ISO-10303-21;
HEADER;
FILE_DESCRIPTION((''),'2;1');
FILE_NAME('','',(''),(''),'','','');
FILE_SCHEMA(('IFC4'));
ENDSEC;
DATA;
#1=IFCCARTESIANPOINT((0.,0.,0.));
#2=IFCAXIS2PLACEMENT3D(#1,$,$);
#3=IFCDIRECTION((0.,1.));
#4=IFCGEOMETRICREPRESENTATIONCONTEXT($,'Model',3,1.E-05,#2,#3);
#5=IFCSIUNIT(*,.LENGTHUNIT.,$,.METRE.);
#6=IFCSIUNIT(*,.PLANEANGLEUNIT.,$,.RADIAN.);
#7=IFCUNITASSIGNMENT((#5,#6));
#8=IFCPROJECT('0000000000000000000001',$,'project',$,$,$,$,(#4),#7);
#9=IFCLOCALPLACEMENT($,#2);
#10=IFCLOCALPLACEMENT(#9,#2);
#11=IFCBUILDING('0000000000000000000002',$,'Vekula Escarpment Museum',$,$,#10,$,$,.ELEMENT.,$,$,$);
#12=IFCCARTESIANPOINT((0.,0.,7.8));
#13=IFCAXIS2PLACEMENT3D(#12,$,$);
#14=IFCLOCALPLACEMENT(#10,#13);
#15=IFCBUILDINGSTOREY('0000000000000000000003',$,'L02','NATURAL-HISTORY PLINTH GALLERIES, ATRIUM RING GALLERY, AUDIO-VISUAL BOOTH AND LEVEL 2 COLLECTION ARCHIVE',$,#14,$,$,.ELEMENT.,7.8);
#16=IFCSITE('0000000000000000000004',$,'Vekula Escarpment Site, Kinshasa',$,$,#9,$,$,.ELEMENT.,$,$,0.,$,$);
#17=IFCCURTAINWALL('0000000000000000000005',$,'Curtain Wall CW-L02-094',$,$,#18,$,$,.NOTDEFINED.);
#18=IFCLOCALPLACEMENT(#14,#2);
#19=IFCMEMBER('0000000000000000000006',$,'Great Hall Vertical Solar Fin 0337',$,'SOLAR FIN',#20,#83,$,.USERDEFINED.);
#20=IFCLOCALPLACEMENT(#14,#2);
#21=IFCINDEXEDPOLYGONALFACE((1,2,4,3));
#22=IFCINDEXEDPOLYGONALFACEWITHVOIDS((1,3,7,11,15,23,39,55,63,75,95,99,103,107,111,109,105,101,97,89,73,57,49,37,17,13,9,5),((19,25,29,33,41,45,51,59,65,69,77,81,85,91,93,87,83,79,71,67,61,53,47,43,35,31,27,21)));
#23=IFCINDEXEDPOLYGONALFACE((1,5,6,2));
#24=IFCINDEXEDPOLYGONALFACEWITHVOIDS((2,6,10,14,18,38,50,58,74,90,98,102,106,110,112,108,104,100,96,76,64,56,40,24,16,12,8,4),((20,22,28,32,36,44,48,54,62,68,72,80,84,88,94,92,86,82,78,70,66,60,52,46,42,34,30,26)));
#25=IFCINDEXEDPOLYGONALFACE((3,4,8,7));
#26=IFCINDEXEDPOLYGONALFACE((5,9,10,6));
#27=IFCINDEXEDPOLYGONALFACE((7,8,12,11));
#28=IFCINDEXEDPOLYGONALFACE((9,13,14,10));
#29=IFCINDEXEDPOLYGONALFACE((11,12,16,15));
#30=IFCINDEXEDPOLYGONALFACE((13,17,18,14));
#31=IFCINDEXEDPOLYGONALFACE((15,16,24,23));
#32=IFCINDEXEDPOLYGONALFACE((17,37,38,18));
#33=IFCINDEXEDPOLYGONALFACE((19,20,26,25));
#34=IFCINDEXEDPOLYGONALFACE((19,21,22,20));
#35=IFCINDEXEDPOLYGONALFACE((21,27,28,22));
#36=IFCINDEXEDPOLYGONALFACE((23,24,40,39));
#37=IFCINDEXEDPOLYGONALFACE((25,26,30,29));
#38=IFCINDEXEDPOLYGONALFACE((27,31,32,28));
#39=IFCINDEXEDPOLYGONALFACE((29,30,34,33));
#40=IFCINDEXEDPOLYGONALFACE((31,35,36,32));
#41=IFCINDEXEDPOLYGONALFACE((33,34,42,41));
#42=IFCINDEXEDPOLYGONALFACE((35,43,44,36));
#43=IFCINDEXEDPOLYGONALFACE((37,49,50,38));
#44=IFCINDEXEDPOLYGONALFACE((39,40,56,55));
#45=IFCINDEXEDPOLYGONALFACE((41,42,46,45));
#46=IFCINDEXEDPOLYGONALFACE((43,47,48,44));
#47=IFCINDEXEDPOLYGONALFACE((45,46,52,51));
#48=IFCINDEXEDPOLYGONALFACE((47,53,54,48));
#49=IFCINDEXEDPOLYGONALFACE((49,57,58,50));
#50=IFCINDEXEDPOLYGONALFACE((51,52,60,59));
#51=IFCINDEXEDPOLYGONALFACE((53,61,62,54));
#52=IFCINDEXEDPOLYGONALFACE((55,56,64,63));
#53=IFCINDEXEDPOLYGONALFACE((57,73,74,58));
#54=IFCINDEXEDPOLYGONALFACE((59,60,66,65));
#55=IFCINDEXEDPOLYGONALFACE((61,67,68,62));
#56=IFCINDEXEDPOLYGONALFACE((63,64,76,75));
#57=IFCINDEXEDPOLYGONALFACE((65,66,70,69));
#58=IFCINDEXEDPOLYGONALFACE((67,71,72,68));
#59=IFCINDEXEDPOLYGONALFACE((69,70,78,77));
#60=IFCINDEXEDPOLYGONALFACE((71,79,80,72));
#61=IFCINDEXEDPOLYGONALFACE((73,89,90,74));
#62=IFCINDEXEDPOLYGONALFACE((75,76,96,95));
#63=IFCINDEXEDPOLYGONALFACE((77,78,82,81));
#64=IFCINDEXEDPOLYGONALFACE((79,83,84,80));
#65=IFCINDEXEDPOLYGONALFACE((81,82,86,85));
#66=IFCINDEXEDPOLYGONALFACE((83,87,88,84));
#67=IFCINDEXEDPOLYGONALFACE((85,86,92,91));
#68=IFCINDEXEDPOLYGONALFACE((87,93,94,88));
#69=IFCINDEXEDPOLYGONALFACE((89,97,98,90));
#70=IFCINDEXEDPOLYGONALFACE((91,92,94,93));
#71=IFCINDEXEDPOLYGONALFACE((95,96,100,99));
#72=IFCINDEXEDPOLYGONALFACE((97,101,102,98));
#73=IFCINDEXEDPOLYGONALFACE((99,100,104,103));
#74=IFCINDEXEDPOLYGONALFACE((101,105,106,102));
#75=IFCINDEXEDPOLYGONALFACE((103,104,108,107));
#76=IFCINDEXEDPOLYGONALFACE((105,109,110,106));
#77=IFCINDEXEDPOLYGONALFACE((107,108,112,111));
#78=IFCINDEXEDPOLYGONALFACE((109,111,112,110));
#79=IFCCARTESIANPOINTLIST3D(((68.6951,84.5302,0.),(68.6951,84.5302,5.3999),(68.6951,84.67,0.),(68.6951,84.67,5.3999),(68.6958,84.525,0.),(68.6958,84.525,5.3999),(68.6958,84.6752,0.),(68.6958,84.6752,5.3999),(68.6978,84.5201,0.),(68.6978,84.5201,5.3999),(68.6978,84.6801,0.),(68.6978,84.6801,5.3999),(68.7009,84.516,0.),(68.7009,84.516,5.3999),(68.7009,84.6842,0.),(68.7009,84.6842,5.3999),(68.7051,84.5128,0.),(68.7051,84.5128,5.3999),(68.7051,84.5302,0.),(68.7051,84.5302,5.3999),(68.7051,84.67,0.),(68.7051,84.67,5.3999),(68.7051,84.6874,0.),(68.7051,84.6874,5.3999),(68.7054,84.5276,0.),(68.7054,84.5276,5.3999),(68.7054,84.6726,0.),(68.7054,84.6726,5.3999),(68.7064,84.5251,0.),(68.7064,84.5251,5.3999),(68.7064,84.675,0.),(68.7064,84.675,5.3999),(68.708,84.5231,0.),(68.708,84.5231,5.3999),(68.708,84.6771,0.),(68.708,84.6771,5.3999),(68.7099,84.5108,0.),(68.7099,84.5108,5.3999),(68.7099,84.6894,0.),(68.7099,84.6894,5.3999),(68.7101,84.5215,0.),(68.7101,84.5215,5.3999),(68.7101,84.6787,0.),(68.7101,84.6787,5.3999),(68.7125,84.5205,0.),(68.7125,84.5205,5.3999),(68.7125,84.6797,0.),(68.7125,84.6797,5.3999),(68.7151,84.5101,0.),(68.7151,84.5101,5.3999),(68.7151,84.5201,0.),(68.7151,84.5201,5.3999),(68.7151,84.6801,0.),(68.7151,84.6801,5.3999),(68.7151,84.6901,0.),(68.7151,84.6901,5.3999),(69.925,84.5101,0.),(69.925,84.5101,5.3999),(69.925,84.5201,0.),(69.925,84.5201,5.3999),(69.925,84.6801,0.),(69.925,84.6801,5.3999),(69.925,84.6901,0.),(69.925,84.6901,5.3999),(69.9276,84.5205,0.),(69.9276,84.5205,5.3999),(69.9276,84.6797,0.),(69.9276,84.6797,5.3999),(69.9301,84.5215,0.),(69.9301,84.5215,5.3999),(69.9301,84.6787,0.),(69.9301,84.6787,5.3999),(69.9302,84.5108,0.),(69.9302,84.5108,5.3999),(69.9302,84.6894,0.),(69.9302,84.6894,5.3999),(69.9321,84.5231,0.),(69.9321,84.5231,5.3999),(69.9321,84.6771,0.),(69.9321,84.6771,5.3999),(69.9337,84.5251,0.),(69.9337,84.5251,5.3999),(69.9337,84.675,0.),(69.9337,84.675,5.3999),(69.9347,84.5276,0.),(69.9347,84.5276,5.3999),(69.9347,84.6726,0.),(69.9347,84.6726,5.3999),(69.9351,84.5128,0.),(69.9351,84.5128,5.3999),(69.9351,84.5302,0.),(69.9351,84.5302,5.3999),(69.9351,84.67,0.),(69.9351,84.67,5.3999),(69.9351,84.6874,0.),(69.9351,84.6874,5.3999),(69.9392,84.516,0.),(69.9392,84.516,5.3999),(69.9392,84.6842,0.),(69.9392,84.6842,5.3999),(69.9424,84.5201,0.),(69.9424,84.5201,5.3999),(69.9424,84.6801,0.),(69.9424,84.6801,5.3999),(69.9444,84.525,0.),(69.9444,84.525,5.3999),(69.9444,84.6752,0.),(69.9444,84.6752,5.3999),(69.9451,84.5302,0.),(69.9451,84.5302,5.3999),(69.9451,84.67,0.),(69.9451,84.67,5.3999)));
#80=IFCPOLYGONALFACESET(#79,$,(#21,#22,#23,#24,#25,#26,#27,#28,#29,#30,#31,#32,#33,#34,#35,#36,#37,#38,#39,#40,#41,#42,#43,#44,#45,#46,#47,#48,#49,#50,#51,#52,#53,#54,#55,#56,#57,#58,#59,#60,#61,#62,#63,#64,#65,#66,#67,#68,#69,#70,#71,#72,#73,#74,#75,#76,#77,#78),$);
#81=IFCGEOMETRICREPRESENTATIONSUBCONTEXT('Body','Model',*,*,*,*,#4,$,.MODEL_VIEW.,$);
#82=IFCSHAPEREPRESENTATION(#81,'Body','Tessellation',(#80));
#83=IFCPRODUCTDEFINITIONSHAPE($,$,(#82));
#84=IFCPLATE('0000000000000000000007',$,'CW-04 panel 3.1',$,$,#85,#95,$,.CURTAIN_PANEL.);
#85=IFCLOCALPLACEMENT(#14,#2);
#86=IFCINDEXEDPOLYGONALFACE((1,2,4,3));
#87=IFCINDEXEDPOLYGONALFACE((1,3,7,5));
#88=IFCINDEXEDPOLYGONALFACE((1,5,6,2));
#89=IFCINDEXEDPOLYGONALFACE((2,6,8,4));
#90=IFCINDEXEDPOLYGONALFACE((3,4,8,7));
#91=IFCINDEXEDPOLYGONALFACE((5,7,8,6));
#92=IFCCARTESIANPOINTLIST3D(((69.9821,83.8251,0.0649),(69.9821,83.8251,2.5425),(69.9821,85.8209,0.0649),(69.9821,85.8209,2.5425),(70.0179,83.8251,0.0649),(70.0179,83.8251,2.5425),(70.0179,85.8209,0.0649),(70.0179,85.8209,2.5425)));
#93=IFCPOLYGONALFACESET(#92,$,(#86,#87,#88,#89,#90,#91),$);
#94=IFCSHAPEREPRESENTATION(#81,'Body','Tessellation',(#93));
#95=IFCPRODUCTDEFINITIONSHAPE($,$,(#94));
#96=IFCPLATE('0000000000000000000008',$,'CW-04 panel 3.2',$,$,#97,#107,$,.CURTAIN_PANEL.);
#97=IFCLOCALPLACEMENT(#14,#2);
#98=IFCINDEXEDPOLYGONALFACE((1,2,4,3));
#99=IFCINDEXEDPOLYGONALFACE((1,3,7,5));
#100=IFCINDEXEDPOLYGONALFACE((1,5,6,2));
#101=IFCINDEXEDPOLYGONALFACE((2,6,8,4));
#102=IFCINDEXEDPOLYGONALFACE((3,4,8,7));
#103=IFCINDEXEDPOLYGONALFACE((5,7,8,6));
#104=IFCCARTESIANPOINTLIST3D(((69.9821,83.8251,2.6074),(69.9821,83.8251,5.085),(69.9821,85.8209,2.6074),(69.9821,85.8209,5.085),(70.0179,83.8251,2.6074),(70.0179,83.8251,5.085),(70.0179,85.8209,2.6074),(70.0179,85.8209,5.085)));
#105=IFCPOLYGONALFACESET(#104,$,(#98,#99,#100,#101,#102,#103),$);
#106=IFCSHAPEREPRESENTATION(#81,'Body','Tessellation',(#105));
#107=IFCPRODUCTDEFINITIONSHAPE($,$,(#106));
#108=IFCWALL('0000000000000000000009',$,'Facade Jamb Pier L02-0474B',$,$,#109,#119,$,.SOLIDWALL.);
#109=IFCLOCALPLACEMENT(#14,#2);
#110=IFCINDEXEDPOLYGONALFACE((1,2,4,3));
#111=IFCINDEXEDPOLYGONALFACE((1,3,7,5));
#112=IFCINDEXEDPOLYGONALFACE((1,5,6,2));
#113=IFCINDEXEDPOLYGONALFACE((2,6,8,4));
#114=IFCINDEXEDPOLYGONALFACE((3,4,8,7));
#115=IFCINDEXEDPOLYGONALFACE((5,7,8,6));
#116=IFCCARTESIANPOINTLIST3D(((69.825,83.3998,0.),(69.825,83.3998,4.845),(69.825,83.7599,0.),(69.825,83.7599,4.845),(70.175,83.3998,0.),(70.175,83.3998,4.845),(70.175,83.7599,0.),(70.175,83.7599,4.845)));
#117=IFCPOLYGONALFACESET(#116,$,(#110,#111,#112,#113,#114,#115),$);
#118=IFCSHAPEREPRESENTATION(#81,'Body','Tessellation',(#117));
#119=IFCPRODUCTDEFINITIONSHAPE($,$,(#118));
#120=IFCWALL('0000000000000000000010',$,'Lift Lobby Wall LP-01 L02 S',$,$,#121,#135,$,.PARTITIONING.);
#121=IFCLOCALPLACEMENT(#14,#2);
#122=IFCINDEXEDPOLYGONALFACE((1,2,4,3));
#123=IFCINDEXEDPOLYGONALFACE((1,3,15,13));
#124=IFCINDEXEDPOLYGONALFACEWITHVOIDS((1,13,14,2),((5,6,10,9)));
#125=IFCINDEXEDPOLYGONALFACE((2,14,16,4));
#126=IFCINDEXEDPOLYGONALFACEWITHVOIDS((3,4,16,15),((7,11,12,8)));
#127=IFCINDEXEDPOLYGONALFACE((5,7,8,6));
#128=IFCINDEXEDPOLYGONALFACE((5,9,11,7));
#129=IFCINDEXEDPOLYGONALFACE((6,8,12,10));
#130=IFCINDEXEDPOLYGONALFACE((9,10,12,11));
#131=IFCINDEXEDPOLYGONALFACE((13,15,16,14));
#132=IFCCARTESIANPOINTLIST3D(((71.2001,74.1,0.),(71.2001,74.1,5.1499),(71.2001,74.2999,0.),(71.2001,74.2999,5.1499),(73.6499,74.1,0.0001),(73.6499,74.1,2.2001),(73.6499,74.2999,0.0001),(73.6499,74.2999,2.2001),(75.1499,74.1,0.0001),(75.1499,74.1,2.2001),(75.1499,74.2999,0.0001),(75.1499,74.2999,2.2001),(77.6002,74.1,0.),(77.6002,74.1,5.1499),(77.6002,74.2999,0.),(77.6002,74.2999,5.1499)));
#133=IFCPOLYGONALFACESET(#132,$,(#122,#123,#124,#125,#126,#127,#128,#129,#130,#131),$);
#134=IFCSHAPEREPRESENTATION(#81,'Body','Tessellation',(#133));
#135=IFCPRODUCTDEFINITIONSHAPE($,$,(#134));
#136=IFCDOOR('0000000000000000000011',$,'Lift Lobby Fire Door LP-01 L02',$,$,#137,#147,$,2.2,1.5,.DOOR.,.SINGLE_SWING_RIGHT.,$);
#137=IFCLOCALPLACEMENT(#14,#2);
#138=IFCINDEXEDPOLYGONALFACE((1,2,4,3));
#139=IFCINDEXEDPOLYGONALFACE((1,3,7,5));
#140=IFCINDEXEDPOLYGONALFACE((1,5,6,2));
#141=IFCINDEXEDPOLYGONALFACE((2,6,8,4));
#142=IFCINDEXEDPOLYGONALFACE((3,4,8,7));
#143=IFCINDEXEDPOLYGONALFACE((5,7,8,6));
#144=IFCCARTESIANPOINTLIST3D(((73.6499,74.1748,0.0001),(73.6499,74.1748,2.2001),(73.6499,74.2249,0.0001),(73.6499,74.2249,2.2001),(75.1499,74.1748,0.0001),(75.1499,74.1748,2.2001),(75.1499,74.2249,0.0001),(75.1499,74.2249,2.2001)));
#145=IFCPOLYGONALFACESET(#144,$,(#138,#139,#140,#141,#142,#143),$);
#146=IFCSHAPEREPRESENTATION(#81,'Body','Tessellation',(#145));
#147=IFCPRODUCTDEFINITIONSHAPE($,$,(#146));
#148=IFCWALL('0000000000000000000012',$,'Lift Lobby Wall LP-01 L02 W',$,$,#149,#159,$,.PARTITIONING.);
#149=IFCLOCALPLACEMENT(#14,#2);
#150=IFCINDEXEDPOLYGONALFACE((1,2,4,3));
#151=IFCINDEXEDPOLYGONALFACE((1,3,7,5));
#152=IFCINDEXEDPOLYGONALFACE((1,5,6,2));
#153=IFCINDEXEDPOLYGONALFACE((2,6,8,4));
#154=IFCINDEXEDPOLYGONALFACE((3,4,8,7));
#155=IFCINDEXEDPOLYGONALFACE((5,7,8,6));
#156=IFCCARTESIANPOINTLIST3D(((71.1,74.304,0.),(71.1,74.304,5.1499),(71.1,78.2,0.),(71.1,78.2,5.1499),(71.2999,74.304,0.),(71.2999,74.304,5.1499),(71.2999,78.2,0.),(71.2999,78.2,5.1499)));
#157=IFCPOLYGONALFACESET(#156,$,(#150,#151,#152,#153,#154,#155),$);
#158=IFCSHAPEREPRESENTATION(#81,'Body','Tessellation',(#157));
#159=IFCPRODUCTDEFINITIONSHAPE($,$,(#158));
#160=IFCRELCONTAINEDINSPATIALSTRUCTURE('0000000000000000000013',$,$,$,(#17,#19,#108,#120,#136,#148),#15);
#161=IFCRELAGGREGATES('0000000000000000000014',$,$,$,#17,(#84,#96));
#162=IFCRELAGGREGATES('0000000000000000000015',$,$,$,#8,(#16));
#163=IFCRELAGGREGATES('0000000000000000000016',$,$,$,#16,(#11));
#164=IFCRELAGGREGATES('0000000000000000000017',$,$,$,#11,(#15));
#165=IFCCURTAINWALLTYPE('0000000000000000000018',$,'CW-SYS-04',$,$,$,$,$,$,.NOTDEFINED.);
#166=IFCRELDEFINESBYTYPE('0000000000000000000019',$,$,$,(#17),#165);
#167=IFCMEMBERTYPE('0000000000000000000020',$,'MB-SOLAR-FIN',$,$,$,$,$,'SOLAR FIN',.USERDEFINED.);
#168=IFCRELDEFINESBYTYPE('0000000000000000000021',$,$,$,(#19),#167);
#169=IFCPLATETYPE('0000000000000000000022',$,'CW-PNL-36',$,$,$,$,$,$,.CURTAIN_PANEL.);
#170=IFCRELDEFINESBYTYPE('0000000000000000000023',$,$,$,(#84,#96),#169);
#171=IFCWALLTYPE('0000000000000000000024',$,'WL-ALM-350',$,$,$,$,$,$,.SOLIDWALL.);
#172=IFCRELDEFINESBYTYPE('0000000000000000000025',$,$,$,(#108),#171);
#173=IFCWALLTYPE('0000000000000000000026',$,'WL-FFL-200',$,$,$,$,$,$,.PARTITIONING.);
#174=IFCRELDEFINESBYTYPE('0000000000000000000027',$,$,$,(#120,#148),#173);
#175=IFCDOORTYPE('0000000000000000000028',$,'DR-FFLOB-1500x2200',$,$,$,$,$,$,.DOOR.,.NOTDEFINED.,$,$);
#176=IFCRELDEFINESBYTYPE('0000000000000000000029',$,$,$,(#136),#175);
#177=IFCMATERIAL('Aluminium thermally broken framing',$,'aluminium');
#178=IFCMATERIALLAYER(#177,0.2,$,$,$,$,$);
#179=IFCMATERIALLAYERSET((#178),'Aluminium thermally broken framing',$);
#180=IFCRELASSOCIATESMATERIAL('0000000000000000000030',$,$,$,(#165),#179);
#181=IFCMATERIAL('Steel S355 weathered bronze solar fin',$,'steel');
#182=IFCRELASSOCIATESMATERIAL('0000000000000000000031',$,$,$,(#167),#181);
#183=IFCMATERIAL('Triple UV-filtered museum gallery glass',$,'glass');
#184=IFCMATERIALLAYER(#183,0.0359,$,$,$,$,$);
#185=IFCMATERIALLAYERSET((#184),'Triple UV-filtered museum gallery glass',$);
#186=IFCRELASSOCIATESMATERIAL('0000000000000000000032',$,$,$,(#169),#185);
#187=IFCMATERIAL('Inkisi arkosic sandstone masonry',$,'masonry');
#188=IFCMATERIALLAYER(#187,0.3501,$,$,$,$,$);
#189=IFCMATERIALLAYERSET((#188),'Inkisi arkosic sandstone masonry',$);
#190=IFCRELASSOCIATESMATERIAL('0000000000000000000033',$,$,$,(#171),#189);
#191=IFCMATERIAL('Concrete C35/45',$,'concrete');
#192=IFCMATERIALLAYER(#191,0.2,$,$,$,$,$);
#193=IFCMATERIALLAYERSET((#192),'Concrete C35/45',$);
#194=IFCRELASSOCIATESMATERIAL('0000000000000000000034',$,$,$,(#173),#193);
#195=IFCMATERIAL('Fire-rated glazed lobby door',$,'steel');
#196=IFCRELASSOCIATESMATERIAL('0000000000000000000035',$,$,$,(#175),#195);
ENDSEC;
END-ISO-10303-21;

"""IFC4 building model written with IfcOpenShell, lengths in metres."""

from ifc_helpers import new_model, si_unit, direction, frame, frame_2d, origin, origin_2d, place, context, subcontext, project, spatial, rectangle, hollow_rectangle, extrude, material, layer, layer_set, material_profile, profile_set, type_object, element, fill, aggregate, save


model = new_model("IFC4")

# Units and contexts
model_context = context("Model", 3, precision=1e-05, world=origin(), true_north=direction((0.0, 1.0)))
body_context = subcontext(model_context, "Body", "Model", "MODEL_VIEW")
ifc_project = project(units=[si_unit("LENGTHUNIT", "METRE"), si_unit("PLANEANGLEUNIT", "RADIAN")], contexts=[model_context])

# Site, building, storey
site_placement = place(None, origin())
site = spatial("IfcSite", under=ifc_project, at=site_placement, Name="Vekula Escarpment Site, Kinshasa", CompositionType="ELEMENT", RefElevation=0.0)
building_placement = place(site_placement, origin())
building = spatial("IfcBuilding", under=site, at=building_placement, Name="Vekula Escarpment Museum", CompositionType="ELEMENT")
storey_placement = place(building_placement, frame((0.0, 0.0, 7.8)))
storey = spatial("IfcBuildingStorey", under=building, at=storey_placement, Name="L02", Description="NATURAL-HISTORY PLINTH GALLERIES, ATRIUM RING GALLERY, AUDIO-VISUAL BOOTH AND LEVEL 2 COLLECTION ARCHIVE", CompositionType="ELEMENT", Elevation=7.8)

# Curtain wall
ifc_material_1 = material(Name="Aluminium thermally broken framing", Category="aluminium")
ifc_layer_1 = layer(ifc_material_1, 0.2)
ifc_layer_set_1 = layer_set([ifc_layer_1], Name="Aluminium thermally broken framing")
curtain_wall_type = type_object("IfcCurtainWallType", Name="CW-SYS-04", PredefinedType="NOTDEFINED", material=ifc_layer_set_1)
curtain_wall_placement = place(storey_placement, origin())
curtain_wall = element("IfcCurtainWall", 1, at=curtain_wall_placement, inside=storey, type_object=curtain_wall_type, Name="Curtain Wall CW-L02-094", PredefinedType="NOTDEFINED")

# Member
ifc_material_2 = material(Name="Steel S355 weathered bronze solar fin", Category="steel")
ifc_material_profile_1 = material_profile(ifc_material_2, hollow_rectangle(XDim=0.1799, YDim=1.25, WallThickness=0.01, InnerFilletRadius=0.01, OuterFilletRadius=0.02, at=origin_2d()), Name="RHS 1250x180x10")
ifc_profile_set_1 = profile_set([ifc_material_profile_1], Name="Steel S355 weathered bronze solar fin")
member_type_1 = type_object("IfcMemberType", Name="MB-SOLAR-FIN", ElementType="SOLAR FIN", PredefinedType="USERDEFINED", material=ifc_profile_set_1)
for number, where, z_axis, x_axis, name in (
    (2, (69.3201, 84.6001, 0.0), (0.0, 0.0, 1.0), (0.0, 1.0, 0.0), "Great Hall Vertical Solar Fin 0337"),
):
    element("IfcMember", number, at=place(storey_placement, frame(where, z_axis=z_axis, x_axis=x_axis)), inside=storey, type_object=member_type_1, Name=name, ObjectType="SOLAR FIN", PredefinedType="USERDEFINED", context=body_context, shape_type="SweptSolid", body=[
        extrude(hollow_rectangle(XDim=0.1799, YDim=1.25, WallThickness=0.01, InnerFilletRadius=0.01, OuterFilletRadius=0.02, at=origin_2d()), origin(), (0.0, 0.0, 1.0), 5.3999),
    ])

# Plates
ifc_material_3 = material(Name="Triple UV-filtered museum gallery glass", Category="glass")
ifc_layer_2 = layer(ifc_material_3, 0.0359)
ifc_layer_set_2 = layer_set([ifc_layer_2], Name="Triple UV-filtered museum gallery glass")
plate_type = type_object("IfcPlateType", Name="CW-PNL-36", PredefinedType="CURTAIN_PANEL", material=ifc_layer_set_2)
plate_1_placement = place(storey_placement, frame((70.0, 84.823, 0.0649), z_axis=(0.0, 0.0, 1.0), x_axis=(0.0, -1.0, 0.0)))
plate_1 = element("IfcPlate", 3, at=plate_1_placement, type_object=plate_type, Name="CW-04 panel 3.1", PredefinedType="CURTAIN_PANEL", context=body_context, shape_type="SweptSolid", body=[
    extrude(rectangle(XDim=1.9958, YDim=0.0359, at=origin_2d()), origin(), (0.0, 0.0, 1.0), 2.4775),
])
plate_2_placement = place(storey_placement, frame((70.0, 84.823, 2.6074), z_axis=(0.0, 0.0, 1.0), x_axis=(0.0, -1.0, 0.0)))
plate_2 = element("IfcPlate", 4, at=plate_2_placement, type_object=plate_type, Name="CW-04 panel 3.2", PredefinedType="CURTAIN_PANEL", context=body_context, shape_type="SweptSolid", body=[
    extrude(rectangle(XDim=1.9958, YDim=0.0359, at=origin_2d()), origin(), (0.0, 0.0, 1.0), 2.4775),
])
aggregate(curtain_wall, [plate_1, plate_2])

# Wall
ifc_material_4 = material(Name="Inkisi arkosic sandstone masonry", Category="masonry")
ifc_layer_3 = layer(ifc_material_4, 0.3501)
ifc_layer_set_3 = layer_set([ifc_layer_3], Name="Inkisi arkosic sandstone masonry")
wall_type_1 = type_object("IfcWallType", Name="WL-ALM-350", PredefinedType="SOLIDWALL", material=ifc_layer_set_3)
wall_1_placement = place(storey_placement, frame((70.0, 83.76, 0.0), z_axis=(0.0, 0.0, 1.0), x_axis=(0.0, -1.0, 0.0)))
element("IfcWall", 5, at=wall_1_placement, inside=storey, type_object=wall_type_1, Name="Facade Jamb Pier L02-0474B", PredefinedType="SOLIDWALL", context=body_context, shape_type="SweptSolid", body=[
    extrude(rectangle(XDim=0.3601, YDim=0.3501, at=frame_2d((0.1802, 0.0))), origin(), (0.0, 0.0, 1.0), 4.845),
])

# Wall, opening, door
ifc_material_5 = material(Name="Concrete C35/45", Category="concrete")
ifc_layer_4 = layer(ifc_material_5, 0.2)
ifc_layer_set_4 = layer_set([ifc_layer_4], Name="Concrete C35/45")
wall_type_2 = type_object("IfcWallType", Name="WL-FFL-200", PredefinedType="PARTITIONING", material=ifc_layer_set_4)
wall_2_placement = place(storey_placement, frame((71.2, 74.2, 0.0), z_axis=(0.0, 0.0, 1.0), x_axis=(1.0, 0.0, 0.0)))
wall_2 = element("IfcWall", 6, at=wall_2_placement, inside=storey, type_object=wall_type_2, Name="Lift Lobby Wall LP-01 L02 S", PredefinedType="PARTITIONING", context=body_context, shape_type="SweptSolid", body=[
    extrude(rectangle(XDim=6.4001, YDim=0.2, at=frame_2d((3.2002, 0.0))), origin(), (0.0, 0.0, 1.0), 5.1499),
])
opening_1_placement = place(wall_2_placement, frame((2.45, 0.0, 0.0)))
opening_1 = element("IfcOpeningElement", 7, at=opening_1_placement, cuts=wall_2, PredefinedType="OPENING", context=body_context, shape_type="SweptSolid", body=[
    extrude(rectangle(XDim=1.5, YDim=2.2, at=frame_2d((0.75, 1.1001))), frame((0.0, 0.1099, 0.0), z_axis=(0.0, -1.0, 0.0), x_axis=(1.0, 0.0, 0.0)), (0.0, 0.0, 1.0), 0.22),
])
ifc_material_6 = material(Name="Fire-rated glazed lobby door", Category="steel")
door_type_1 = type_object("IfcDoorType", Name="DR-FFLOB-1500x2200", OperationType="NOTDEFINED", PredefinedType="DOOR", material=ifc_material_6)
door_1_placement = place(opening_1_placement, origin())
door_1 = element("IfcDoor", 8, at=door_1_placement, inside=storey, type_object=door_type_1, Name="Lift Lobby Fire Door LP-01 L02", OperationType="SINGLE_SWING_RIGHT", OverallHeight=2.2, OverallWidth=1.5, PredefinedType="DOOR", context=body_context, shape_type="SweptSolid", body=[
    extrude(rectangle(XDim=1.5, YDim=2.2, at=frame_2d((0.75, 1.1001))), frame((0.0, 0.0249, 0.0), z_axis=(0.0, -1.0, 0.0), x_axis=(1.0, 0.0, 0.0)), (0.0, 0.0, 1.0), 0.05),
])
fill(opening_1, door_1)

# Wall
wall_3_placement = place(storey_placement, frame((71.2, 74.304, 0.0), z_axis=(0.0, 0.0, 1.0), x_axis=(0.0, 1.0, 0.0)))
element("IfcWall", 9, at=wall_3_placement, inside=storey, type_object=wall_type_2, Name="Lift Lobby Wall LP-01 L02 W", PredefinedType="PARTITIONING", context=body_context, shape_type="SweptSolid", body=[
    extrude(rectangle(XDim=3.896, YDim=0.2, at=frame_2d((1.948, 0.0))), origin(), (0.0, 0.0, 1.0), 5.1499),
])

save(model, "model.ifc")
